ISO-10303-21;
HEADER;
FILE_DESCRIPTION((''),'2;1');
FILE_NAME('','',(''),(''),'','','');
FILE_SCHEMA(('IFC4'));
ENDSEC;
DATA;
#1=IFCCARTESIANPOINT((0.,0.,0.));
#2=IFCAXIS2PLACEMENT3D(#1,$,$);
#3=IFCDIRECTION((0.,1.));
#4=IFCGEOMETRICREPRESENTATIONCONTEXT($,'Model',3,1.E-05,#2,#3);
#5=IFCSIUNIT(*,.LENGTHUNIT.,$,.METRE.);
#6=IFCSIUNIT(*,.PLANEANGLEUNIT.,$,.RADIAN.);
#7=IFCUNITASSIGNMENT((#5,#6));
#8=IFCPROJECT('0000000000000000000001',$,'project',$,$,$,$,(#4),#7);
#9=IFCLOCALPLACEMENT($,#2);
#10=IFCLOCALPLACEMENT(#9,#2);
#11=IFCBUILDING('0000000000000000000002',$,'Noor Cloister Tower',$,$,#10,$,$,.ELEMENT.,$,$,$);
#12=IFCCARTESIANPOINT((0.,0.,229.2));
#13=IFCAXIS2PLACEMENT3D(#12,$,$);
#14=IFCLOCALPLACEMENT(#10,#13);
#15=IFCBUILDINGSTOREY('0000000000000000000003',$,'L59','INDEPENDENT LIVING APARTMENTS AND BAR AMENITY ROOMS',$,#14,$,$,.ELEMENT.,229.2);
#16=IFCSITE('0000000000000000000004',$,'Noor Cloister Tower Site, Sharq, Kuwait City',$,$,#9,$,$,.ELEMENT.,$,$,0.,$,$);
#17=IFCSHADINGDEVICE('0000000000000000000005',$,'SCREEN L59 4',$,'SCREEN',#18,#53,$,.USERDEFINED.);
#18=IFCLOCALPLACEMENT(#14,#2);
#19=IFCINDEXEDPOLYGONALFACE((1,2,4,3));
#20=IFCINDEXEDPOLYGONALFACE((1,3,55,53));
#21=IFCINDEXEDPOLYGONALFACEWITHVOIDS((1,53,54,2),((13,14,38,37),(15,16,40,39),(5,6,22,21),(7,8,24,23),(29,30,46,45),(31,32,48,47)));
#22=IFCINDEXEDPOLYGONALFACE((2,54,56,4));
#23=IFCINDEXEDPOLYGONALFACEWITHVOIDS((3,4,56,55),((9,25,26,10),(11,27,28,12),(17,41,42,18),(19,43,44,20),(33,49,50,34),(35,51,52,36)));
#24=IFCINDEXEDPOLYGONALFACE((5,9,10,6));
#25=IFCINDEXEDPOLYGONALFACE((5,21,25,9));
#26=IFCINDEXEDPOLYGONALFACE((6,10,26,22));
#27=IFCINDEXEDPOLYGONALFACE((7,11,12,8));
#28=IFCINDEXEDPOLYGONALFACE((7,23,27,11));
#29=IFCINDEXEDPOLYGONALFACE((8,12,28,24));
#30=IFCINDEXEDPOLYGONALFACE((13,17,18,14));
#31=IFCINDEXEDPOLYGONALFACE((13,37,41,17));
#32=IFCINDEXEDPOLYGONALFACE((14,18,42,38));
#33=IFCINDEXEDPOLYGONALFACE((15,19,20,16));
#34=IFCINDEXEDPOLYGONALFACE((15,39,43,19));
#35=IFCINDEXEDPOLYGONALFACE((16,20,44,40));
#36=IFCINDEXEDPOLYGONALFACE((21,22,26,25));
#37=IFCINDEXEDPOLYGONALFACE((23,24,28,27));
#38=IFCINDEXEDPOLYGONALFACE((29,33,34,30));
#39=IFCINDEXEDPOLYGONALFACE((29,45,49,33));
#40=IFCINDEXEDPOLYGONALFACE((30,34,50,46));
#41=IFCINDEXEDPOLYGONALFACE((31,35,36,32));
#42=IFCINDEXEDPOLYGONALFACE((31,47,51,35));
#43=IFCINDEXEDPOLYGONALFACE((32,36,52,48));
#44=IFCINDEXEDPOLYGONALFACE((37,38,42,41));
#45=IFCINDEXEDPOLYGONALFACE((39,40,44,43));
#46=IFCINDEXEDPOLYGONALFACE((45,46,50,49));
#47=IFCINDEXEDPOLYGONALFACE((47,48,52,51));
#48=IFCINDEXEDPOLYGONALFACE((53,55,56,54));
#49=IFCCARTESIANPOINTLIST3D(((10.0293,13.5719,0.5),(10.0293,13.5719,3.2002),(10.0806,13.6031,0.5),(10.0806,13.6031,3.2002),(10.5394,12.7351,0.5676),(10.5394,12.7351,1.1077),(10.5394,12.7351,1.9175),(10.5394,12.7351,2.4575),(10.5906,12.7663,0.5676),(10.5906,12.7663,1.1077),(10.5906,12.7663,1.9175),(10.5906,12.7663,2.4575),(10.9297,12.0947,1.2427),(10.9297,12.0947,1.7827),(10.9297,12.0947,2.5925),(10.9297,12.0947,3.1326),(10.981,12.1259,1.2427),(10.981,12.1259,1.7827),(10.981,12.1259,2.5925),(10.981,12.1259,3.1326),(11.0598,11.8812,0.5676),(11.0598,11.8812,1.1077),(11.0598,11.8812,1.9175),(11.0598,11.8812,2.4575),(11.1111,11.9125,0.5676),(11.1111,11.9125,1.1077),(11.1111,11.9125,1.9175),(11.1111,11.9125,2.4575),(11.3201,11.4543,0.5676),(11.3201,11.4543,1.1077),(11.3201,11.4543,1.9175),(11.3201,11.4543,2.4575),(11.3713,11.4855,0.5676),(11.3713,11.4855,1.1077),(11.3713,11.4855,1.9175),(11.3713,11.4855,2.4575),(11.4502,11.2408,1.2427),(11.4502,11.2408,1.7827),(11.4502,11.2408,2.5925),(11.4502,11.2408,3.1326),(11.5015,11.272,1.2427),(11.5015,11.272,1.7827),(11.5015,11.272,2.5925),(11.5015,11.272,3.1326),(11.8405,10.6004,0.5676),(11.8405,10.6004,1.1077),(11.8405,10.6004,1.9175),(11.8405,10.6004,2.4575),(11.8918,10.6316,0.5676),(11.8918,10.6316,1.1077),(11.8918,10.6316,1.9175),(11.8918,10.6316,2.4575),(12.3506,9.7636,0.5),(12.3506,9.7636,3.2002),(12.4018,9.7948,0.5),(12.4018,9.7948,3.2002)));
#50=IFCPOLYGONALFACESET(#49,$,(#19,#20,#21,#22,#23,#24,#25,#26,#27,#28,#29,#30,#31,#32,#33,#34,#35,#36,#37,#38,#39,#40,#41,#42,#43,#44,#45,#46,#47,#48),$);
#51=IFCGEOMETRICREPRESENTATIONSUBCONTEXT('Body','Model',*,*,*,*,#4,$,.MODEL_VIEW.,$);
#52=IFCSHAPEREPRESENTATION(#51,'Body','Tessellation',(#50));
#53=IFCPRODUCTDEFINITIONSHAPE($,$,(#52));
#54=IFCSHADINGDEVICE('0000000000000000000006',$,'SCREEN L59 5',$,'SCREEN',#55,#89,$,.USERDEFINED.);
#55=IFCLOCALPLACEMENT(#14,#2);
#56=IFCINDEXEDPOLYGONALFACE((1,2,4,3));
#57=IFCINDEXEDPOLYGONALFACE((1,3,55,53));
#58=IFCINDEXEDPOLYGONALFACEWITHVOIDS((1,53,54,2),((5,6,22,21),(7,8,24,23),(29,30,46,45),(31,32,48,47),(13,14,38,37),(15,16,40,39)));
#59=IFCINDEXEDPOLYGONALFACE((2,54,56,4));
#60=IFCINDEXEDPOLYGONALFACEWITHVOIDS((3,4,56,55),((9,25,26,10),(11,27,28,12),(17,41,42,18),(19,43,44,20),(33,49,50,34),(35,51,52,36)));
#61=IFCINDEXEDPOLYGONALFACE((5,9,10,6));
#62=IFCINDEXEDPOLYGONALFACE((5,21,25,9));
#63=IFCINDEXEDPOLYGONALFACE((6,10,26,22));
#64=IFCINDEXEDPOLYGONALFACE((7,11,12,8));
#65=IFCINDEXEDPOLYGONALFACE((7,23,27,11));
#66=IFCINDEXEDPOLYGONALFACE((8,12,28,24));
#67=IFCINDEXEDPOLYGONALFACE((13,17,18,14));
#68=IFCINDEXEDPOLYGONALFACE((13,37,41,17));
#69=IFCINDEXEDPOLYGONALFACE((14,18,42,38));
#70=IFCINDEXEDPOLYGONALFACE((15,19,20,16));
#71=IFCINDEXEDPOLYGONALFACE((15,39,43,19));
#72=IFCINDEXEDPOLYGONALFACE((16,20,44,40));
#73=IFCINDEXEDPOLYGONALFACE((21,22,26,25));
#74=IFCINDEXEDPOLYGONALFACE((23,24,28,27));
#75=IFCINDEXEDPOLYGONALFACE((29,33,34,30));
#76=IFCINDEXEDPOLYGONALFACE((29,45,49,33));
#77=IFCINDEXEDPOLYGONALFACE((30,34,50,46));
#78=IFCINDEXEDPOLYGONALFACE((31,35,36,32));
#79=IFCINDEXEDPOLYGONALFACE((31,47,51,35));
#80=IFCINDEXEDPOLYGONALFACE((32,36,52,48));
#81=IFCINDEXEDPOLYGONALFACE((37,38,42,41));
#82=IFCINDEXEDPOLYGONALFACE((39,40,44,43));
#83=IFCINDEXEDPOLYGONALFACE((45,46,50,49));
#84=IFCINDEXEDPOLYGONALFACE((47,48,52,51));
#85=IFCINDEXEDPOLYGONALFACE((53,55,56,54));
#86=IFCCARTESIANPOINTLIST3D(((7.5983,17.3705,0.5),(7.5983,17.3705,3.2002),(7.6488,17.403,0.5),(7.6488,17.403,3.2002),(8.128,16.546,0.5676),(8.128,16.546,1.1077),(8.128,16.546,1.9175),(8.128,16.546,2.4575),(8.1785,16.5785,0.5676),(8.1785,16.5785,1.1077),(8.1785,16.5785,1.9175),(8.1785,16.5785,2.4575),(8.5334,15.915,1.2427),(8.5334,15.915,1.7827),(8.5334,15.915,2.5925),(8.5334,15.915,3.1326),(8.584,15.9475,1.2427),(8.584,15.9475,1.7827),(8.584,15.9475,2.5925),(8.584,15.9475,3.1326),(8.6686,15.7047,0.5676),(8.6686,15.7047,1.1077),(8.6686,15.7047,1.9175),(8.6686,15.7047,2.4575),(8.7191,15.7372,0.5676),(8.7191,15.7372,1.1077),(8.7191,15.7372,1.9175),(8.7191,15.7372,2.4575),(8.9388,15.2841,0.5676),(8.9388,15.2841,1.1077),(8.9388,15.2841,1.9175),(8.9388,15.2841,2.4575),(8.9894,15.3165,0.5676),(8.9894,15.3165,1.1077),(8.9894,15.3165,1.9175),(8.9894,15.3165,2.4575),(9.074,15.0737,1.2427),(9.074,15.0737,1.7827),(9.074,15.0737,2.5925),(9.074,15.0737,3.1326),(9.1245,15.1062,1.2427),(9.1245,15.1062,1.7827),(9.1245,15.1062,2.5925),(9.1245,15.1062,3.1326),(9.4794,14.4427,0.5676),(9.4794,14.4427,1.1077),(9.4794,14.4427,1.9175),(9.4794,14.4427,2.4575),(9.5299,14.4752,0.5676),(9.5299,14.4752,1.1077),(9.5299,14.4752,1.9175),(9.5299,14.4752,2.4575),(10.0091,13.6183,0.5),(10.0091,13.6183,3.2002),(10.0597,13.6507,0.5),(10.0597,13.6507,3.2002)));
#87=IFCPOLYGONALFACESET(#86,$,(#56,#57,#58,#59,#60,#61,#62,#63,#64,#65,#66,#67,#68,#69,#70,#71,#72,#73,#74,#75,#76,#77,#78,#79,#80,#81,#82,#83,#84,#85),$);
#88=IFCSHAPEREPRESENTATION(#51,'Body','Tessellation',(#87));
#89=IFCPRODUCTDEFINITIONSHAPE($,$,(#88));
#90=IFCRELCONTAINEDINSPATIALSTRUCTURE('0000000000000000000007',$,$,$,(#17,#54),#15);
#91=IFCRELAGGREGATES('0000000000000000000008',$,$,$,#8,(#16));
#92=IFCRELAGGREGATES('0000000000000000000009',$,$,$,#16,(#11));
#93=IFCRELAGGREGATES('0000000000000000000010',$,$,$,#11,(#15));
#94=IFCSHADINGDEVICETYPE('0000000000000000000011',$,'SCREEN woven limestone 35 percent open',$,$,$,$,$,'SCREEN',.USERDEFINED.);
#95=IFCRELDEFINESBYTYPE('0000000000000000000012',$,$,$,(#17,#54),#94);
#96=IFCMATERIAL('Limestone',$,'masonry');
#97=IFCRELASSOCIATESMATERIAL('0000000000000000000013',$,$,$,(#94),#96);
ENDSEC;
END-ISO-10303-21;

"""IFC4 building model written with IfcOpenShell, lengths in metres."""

from ifc_helpers import new_model, si_unit, direction, frame, origin, place, context, subcontext, project, spatial, polyline, outline, extrude, material, material_profile, profile_set, type_object, element, save


model = new_model("IFC4")

# Units and contexts
model_context = context("Model", 3, precision=1e-05, world=origin(), true_north=direction((0.0, 1.0)))
body_context = subcontext(model_context, "Body", "Model", "MODEL_VIEW")
ifc_project = project(units=[si_unit("LENGTHUNIT", "METRE"), si_unit("PLANEANGLEUNIT", "RADIAN")], contexts=[model_context])

# Site, building, storey
site_placement = place(None, origin())
site = spatial("IfcSite", under=ifc_project, at=site_placement, Name="Noor Cloister Tower Site, Sharq, Kuwait City", CompositionType="ELEMENT", RefElevation=0.0)
building_placement = place(site_placement, origin())
building = spatial("IfcBuilding", under=site, at=building_placement, Name="Noor Cloister Tower", CompositionType="ELEMENT")
storey_placement = place(building_placement, frame((0.0, 0.0, 229.2)))
storey = spatial("IfcBuildingStorey", under=building, at=storey_placement, Name="L59", Description="INDEPENDENT LIVING APARTMENTS AND BAR AMENITY ROOMS", CompositionType="ELEMENT", Elevation=229.2)

# Shading devices
ifc_material_1 = material(Name="Limestone", Category="masonry")
ifc_material_profile_1 = material_profile(ifc_material_1, outline(polyline([(-2.23, -1.3501), (2.23, -1.3501), (2.23, 1.3501), (-2.23, 1.3501), (-2.23, -1.3501)]), holes=[polyline([(-1.25, -1.2825), (-0.25, -1.2825), (-0.25, -0.7424), (-1.25, -0.7424), (-1.25, -1.2825)]), polyline([(0.25, -1.2825), (1.25, -1.2825), (1.25, -0.7424), (0.25, -0.7424), (0.25, -1.2825)]), polyline([(-0.5, -0.6074), (0.5, -0.6074), (0.5, -0.0674), (-0.5, -0.0674), (-0.5, -0.6074)]), polyline([(-1.25, 0.0674), (-0.25, 0.0674), (-0.25, 0.6074), (-1.25, 0.6074), (-1.25, 0.0674)]), polyline([(0.25, 0.0674), (1.25, 0.0674), (1.25, 0.6074), (0.25, 0.6074), (0.25, 0.0674)]), polyline([(-0.5, 0.7424), (0.5, 0.7424), (0.5, 1.2825), (-0.5, 1.2825), (-0.5, 0.7424)])]), Name="Woven screen 35 percent open")
ifc_profile_set_1 = profile_set([ifc_material_profile_1], Name="Limestone")
shading_device_type = type_object("IfcShadingDeviceType", Name="SCREEN woven limestone 35 percent open", ElementType="SCREEN", PredefinedType="USERDEFINED", material=ifc_profile_set_1)
for number, where, z_axis, x_axis, name in (
    (1, (11.1899, 11.6677, 1.8501), (0.853884, 0.520463, 0.0), (-0.520463, 0.853884, 0.0), "SCREEN L59 4"),
    (2, (8.8037, 15.4944, 1.8501), (0.841311, 0.540552, 0.0), (-0.540552, 0.841311, 0.0), "SCREEN L59 5"),
):
    element("IfcShadingDevice", number, at=place(storey_placement, frame(where, z_axis=z_axis, x_axis=x_axis)), inside=storey, type_object=shading_device_type, Name=name, ObjectType="SCREEN", PredefinedType="USERDEFINED", context=body_context, shape_type="SweptSolid", body=[
        extrude(outline(polyline([(-2.23, -1.3501), (2.23, -1.3501), (2.23, 1.3501), (-2.23, 1.3501), (-2.23, -1.3501)]), holes=[polyline([(-1.25, -1.2825), (-0.25, -1.2825), (-0.25, -0.7424), (-1.25, -0.7424), (-1.25, -1.2825)]), polyline([(0.25, -1.2825), (1.25, -1.2825), (1.25, -0.7424), (0.25, -0.7424), (0.25, -1.2825)]), polyline([(-0.5, -0.6074), (0.5, -0.6074), (0.5, -0.0674), (-0.5, -0.0674), (-0.5, -0.6074)]), polyline([(-1.25, 0.0674), (-0.25, 0.0674), (-0.25, 0.6074), (-1.25, 0.6074), (-1.25, 0.0674)]), polyline([(0.25, 0.0674), (1.25, 0.0674), (1.25, 0.6074), (0.25, 0.6074), (0.25, 0.0674)]), polyline([(-0.5, 0.7424), (0.5, 0.7424), (0.5, 1.2825), (-0.5, 1.2825), (-0.5, 0.7424)])]), origin(), (0.0, 0.0, 1.0), 0.0601),
    ])

save(model, "model.ifc")
